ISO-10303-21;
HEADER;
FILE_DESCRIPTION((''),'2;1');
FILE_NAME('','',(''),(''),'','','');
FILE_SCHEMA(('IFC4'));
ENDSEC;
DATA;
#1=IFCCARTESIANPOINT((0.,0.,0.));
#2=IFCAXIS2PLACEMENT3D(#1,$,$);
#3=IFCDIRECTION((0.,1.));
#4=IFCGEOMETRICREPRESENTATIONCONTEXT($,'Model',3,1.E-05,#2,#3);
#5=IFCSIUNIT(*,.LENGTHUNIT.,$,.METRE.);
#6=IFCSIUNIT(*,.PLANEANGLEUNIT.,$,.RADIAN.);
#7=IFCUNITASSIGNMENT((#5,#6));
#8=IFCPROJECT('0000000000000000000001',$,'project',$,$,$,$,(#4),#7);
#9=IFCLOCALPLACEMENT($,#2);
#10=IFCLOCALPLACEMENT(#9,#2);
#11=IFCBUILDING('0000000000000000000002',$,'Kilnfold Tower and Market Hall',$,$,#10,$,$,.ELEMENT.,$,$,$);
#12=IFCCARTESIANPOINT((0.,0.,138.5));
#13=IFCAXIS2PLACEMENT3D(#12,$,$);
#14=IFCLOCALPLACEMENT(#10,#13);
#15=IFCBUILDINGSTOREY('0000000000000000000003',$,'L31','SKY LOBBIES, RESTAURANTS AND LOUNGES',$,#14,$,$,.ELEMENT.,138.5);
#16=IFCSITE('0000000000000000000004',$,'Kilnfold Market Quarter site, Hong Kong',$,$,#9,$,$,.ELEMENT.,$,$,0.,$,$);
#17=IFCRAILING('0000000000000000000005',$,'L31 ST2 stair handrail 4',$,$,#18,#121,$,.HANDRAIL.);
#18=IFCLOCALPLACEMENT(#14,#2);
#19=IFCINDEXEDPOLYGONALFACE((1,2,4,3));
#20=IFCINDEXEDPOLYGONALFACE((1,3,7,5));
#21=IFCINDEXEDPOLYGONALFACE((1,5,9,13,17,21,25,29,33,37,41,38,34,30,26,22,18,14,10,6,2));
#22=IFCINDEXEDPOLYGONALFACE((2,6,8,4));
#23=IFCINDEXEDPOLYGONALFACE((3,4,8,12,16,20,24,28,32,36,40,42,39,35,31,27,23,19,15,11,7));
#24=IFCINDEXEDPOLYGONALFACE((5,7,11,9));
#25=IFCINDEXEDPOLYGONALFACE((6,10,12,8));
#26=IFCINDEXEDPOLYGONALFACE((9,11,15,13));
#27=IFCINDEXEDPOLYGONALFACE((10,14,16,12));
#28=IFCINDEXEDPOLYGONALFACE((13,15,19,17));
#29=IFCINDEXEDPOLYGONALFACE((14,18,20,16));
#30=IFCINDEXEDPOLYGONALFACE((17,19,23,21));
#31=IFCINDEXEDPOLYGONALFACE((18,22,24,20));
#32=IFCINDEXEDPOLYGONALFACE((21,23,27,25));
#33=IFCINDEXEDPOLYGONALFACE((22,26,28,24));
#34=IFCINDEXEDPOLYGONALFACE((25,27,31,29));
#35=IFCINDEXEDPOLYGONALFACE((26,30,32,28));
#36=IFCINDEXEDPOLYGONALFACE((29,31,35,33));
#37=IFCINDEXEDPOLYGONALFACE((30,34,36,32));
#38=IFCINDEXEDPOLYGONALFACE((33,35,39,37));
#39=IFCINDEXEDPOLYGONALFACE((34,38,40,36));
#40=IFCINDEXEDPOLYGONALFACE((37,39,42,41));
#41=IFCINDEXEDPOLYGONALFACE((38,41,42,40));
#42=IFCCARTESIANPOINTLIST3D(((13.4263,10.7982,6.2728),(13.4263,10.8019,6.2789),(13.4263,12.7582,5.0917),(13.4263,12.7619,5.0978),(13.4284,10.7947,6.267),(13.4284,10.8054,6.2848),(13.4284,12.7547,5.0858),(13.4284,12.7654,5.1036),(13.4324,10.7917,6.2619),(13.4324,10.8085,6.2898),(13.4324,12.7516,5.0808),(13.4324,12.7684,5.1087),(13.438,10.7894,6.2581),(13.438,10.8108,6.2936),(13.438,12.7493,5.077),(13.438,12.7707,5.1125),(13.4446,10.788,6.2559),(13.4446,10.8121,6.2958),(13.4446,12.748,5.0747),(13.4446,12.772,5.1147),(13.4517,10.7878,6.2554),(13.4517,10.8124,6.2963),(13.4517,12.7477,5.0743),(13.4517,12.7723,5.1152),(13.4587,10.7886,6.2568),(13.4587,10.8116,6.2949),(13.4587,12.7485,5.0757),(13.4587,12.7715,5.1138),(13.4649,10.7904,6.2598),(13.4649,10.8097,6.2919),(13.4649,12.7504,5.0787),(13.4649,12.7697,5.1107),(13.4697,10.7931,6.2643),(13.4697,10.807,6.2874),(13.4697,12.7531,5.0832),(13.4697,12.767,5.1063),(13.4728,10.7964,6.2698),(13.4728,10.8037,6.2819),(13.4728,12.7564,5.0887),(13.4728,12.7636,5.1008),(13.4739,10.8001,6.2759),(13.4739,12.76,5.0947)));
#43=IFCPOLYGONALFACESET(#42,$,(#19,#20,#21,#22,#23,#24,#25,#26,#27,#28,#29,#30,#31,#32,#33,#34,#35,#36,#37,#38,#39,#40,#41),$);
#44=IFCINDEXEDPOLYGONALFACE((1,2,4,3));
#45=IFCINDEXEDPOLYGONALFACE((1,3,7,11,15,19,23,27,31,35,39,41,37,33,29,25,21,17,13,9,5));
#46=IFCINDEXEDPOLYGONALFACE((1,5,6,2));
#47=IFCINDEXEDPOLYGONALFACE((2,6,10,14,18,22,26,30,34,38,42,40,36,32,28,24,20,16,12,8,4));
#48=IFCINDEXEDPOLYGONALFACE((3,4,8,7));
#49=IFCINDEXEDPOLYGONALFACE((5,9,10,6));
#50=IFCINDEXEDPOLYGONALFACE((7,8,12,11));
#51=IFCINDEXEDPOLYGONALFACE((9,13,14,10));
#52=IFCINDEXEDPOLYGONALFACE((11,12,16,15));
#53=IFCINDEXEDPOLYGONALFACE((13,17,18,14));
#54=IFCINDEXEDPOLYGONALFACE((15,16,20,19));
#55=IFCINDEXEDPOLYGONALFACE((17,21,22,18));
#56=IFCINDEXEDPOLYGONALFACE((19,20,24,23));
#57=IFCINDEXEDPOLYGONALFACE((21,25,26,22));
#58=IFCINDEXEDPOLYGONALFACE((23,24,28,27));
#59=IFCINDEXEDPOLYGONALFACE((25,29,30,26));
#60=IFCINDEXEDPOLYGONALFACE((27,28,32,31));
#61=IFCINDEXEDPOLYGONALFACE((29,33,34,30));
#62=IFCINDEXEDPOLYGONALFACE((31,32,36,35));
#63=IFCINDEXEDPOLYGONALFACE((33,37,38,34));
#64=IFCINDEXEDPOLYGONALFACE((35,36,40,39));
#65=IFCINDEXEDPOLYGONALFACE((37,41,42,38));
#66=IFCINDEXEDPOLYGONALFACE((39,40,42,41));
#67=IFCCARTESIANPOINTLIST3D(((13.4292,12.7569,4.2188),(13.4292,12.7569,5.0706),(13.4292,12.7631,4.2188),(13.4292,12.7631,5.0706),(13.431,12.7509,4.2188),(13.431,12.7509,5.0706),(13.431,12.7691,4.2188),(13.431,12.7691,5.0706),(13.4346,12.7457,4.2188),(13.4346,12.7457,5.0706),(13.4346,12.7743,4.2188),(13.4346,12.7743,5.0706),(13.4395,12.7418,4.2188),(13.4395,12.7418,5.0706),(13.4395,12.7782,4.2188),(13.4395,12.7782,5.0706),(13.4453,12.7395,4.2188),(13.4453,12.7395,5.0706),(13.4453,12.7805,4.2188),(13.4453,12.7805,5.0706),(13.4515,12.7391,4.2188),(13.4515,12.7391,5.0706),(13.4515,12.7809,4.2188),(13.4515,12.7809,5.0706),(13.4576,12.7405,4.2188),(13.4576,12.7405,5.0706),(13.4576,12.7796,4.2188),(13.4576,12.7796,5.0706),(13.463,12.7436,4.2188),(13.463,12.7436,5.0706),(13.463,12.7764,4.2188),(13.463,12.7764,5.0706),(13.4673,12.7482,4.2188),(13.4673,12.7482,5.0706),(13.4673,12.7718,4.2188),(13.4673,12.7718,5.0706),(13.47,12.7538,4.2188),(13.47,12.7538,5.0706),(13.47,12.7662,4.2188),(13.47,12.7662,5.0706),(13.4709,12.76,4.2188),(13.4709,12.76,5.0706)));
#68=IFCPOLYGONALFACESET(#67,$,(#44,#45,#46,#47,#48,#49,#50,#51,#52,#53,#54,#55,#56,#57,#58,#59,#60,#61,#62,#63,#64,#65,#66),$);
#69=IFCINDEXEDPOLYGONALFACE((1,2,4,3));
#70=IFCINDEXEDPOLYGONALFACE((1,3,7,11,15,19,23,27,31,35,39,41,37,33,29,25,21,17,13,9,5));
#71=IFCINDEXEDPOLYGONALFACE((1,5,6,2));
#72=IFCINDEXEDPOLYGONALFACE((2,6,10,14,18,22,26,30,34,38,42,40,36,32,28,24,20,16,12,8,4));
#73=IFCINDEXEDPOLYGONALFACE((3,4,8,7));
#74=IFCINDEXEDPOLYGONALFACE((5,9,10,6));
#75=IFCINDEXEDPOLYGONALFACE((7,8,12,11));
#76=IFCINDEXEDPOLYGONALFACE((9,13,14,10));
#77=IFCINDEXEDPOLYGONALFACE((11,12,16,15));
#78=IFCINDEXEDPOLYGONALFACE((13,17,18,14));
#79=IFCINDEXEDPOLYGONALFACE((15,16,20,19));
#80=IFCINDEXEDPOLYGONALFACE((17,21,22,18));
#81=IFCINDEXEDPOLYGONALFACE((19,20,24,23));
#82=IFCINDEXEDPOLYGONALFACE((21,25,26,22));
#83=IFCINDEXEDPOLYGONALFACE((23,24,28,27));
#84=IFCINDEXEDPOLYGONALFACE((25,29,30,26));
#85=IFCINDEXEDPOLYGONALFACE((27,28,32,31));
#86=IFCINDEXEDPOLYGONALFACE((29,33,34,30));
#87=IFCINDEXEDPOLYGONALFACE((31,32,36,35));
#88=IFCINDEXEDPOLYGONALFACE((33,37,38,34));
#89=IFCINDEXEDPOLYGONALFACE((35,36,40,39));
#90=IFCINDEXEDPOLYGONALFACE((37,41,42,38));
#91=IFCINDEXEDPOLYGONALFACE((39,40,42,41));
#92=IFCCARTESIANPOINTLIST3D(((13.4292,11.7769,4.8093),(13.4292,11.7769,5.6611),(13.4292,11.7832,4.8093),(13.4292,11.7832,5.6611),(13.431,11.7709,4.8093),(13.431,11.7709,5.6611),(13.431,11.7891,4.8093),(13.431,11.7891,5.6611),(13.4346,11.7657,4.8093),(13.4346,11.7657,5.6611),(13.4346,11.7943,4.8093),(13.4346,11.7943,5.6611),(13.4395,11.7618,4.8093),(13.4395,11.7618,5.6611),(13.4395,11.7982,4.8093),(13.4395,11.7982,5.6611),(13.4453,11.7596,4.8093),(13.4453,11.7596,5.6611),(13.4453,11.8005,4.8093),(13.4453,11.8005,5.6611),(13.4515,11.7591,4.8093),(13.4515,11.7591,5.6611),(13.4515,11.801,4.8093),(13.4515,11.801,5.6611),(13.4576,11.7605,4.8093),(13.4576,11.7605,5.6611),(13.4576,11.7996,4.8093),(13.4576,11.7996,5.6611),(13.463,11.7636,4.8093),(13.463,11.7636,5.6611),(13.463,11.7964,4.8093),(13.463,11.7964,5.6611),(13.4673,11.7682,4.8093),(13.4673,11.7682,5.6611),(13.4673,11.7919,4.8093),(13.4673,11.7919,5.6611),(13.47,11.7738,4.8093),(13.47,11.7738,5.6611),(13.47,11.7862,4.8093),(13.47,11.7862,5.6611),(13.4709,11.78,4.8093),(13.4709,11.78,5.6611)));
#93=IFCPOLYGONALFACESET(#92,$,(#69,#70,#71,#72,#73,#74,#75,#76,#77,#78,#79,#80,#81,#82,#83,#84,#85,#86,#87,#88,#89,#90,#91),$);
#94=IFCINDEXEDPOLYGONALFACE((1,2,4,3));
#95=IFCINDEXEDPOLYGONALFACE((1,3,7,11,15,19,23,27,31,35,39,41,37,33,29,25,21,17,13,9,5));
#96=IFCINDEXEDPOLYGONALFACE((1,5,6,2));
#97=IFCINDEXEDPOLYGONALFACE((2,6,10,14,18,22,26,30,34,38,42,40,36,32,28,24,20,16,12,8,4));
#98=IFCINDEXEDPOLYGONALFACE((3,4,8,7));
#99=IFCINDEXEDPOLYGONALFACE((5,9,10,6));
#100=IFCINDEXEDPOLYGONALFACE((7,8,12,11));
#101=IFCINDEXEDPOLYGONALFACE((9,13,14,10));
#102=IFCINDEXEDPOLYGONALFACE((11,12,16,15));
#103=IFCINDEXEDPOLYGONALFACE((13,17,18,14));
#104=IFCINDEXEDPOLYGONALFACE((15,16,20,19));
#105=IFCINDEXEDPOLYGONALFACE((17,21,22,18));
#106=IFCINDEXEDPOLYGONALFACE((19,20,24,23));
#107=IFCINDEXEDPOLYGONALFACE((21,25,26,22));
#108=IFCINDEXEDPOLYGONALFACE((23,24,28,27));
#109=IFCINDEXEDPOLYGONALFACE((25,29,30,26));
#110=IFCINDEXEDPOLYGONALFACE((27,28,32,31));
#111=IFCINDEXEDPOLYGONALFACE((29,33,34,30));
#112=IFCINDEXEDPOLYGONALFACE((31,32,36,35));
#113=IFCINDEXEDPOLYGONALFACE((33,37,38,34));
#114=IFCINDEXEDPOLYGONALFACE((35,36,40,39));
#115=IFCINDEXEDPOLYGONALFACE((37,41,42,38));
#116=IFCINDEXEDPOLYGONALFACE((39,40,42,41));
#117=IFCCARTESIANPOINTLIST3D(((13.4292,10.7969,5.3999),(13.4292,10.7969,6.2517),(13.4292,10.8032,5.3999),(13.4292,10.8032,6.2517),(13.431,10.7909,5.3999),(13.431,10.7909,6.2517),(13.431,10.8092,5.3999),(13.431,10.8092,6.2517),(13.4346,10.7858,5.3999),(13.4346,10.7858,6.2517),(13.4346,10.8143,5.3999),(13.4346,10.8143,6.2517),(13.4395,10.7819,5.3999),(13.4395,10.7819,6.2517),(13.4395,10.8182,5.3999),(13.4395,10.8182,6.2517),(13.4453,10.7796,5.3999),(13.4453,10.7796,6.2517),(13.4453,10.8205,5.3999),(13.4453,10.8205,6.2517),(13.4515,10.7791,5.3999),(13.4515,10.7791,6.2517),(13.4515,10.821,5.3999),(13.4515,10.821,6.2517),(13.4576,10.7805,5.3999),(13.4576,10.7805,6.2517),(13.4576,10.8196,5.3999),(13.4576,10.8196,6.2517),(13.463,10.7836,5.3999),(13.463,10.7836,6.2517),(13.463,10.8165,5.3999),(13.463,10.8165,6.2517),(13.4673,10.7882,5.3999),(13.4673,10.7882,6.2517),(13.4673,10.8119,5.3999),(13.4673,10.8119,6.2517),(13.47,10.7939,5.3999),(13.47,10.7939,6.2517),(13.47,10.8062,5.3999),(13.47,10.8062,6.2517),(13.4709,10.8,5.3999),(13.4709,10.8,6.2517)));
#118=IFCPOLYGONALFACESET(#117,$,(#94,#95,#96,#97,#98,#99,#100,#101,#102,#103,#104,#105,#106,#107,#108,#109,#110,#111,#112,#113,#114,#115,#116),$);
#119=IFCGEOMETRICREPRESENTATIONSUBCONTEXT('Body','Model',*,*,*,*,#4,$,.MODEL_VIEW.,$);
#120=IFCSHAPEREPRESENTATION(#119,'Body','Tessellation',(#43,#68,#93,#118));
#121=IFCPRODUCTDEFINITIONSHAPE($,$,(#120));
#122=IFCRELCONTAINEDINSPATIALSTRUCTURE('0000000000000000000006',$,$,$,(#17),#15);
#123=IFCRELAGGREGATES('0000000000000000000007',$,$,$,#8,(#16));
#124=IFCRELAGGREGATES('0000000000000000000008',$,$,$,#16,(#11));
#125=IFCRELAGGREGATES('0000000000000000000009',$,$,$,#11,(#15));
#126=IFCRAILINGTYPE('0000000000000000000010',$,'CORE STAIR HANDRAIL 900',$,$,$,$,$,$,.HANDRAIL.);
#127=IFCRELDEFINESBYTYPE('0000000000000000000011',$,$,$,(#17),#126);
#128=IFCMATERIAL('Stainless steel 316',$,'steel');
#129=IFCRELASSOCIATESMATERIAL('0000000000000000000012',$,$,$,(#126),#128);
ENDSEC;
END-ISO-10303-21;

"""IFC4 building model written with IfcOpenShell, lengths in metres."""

from ifc_helpers import new_model, si_unit, direction, frame, origin, origin_2d, place, context, subcontext, project, spatial, circle, extrude, material, type_object, element, save


model = new_model("IFC4")

# Units and contexts
model_context = context("Model", 3, precision=1e-05, world=origin(), true_north=direction((0.0, 1.0)))
body_context = subcontext(model_context, "Body", "Model", "MODEL_VIEW")
ifc_project = project(units=[si_unit("LENGTHUNIT", "METRE"), si_unit("PLANEANGLEUNIT", "RADIAN")], contexts=[model_context])

# Site, building, storey
site_placement = place(None, origin())
site = spatial("IfcSite", under=ifc_project, at=site_placement, Name="Kilnfold Market Quarter site, Hong Kong", CompositionType="ELEMENT", RefElevation=0.0)
building_placement = place(site_placement, origin())
building = spatial("IfcBuilding", under=site, at=building_placement, Name="Kilnfold Tower and Market Hall", CompositionType="ELEMENT")
storey_placement = place(building_placement, frame((0.0, 0.0, 138.5)))
storey = spatial("IfcBuildingStorey", under=building, at=storey_placement, Name="L31", Description="SKY LOBBIES, RESTAURANTS AND LOUNGES", CompositionType="ELEMENT", Elevation=138.5)

# Railing
ifc_material_1 = material(Name="Stainless steel 316", Category="steel")
railing_type_1 = type_object("IfcRailingType", Name="CORE STAIR HANDRAIL 900", PredefinedType="HANDRAIL", material=ifc_material_1)
railing_1_placement = place(storey_placement, frame((13.45, 12.76, 4.2188)))
element("IfcRailing", 1, at=railing_1_placement, inside=storey, type_object=railing_type_1, Name="L31 ST2 stair handrail 4", PredefinedType="HANDRAIL", context=body_context, shape_type="SweptSolid", body=[
    extrude(circle(Radius=0.0239, at=origin_2d()), frame((0.0, 0.0, 0.876), z_axis=(0.0, -0.856493, 0.516158), x_axis=(1.0, 0.0, 0.0)), (0.0, 0.0, 1.0), 2.2883),
    extrude(circle(Radius=0.021, at=origin_2d()), origin(), (0.0, 0.0, 1.0), 0.8518),
    extrude(circle(Radius=0.021, at=origin_2d()), frame((0.0, -0.98, 0.5906)), (0.0, 0.0, 1.0), 0.8518),
    extrude(circle(Radius=0.021, at=origin_2d()), frame((0.0, -1.96, 1.1812)), (0.0, 0.0, 1.0), 0.8518),
])

save(model, "model.ifc")
